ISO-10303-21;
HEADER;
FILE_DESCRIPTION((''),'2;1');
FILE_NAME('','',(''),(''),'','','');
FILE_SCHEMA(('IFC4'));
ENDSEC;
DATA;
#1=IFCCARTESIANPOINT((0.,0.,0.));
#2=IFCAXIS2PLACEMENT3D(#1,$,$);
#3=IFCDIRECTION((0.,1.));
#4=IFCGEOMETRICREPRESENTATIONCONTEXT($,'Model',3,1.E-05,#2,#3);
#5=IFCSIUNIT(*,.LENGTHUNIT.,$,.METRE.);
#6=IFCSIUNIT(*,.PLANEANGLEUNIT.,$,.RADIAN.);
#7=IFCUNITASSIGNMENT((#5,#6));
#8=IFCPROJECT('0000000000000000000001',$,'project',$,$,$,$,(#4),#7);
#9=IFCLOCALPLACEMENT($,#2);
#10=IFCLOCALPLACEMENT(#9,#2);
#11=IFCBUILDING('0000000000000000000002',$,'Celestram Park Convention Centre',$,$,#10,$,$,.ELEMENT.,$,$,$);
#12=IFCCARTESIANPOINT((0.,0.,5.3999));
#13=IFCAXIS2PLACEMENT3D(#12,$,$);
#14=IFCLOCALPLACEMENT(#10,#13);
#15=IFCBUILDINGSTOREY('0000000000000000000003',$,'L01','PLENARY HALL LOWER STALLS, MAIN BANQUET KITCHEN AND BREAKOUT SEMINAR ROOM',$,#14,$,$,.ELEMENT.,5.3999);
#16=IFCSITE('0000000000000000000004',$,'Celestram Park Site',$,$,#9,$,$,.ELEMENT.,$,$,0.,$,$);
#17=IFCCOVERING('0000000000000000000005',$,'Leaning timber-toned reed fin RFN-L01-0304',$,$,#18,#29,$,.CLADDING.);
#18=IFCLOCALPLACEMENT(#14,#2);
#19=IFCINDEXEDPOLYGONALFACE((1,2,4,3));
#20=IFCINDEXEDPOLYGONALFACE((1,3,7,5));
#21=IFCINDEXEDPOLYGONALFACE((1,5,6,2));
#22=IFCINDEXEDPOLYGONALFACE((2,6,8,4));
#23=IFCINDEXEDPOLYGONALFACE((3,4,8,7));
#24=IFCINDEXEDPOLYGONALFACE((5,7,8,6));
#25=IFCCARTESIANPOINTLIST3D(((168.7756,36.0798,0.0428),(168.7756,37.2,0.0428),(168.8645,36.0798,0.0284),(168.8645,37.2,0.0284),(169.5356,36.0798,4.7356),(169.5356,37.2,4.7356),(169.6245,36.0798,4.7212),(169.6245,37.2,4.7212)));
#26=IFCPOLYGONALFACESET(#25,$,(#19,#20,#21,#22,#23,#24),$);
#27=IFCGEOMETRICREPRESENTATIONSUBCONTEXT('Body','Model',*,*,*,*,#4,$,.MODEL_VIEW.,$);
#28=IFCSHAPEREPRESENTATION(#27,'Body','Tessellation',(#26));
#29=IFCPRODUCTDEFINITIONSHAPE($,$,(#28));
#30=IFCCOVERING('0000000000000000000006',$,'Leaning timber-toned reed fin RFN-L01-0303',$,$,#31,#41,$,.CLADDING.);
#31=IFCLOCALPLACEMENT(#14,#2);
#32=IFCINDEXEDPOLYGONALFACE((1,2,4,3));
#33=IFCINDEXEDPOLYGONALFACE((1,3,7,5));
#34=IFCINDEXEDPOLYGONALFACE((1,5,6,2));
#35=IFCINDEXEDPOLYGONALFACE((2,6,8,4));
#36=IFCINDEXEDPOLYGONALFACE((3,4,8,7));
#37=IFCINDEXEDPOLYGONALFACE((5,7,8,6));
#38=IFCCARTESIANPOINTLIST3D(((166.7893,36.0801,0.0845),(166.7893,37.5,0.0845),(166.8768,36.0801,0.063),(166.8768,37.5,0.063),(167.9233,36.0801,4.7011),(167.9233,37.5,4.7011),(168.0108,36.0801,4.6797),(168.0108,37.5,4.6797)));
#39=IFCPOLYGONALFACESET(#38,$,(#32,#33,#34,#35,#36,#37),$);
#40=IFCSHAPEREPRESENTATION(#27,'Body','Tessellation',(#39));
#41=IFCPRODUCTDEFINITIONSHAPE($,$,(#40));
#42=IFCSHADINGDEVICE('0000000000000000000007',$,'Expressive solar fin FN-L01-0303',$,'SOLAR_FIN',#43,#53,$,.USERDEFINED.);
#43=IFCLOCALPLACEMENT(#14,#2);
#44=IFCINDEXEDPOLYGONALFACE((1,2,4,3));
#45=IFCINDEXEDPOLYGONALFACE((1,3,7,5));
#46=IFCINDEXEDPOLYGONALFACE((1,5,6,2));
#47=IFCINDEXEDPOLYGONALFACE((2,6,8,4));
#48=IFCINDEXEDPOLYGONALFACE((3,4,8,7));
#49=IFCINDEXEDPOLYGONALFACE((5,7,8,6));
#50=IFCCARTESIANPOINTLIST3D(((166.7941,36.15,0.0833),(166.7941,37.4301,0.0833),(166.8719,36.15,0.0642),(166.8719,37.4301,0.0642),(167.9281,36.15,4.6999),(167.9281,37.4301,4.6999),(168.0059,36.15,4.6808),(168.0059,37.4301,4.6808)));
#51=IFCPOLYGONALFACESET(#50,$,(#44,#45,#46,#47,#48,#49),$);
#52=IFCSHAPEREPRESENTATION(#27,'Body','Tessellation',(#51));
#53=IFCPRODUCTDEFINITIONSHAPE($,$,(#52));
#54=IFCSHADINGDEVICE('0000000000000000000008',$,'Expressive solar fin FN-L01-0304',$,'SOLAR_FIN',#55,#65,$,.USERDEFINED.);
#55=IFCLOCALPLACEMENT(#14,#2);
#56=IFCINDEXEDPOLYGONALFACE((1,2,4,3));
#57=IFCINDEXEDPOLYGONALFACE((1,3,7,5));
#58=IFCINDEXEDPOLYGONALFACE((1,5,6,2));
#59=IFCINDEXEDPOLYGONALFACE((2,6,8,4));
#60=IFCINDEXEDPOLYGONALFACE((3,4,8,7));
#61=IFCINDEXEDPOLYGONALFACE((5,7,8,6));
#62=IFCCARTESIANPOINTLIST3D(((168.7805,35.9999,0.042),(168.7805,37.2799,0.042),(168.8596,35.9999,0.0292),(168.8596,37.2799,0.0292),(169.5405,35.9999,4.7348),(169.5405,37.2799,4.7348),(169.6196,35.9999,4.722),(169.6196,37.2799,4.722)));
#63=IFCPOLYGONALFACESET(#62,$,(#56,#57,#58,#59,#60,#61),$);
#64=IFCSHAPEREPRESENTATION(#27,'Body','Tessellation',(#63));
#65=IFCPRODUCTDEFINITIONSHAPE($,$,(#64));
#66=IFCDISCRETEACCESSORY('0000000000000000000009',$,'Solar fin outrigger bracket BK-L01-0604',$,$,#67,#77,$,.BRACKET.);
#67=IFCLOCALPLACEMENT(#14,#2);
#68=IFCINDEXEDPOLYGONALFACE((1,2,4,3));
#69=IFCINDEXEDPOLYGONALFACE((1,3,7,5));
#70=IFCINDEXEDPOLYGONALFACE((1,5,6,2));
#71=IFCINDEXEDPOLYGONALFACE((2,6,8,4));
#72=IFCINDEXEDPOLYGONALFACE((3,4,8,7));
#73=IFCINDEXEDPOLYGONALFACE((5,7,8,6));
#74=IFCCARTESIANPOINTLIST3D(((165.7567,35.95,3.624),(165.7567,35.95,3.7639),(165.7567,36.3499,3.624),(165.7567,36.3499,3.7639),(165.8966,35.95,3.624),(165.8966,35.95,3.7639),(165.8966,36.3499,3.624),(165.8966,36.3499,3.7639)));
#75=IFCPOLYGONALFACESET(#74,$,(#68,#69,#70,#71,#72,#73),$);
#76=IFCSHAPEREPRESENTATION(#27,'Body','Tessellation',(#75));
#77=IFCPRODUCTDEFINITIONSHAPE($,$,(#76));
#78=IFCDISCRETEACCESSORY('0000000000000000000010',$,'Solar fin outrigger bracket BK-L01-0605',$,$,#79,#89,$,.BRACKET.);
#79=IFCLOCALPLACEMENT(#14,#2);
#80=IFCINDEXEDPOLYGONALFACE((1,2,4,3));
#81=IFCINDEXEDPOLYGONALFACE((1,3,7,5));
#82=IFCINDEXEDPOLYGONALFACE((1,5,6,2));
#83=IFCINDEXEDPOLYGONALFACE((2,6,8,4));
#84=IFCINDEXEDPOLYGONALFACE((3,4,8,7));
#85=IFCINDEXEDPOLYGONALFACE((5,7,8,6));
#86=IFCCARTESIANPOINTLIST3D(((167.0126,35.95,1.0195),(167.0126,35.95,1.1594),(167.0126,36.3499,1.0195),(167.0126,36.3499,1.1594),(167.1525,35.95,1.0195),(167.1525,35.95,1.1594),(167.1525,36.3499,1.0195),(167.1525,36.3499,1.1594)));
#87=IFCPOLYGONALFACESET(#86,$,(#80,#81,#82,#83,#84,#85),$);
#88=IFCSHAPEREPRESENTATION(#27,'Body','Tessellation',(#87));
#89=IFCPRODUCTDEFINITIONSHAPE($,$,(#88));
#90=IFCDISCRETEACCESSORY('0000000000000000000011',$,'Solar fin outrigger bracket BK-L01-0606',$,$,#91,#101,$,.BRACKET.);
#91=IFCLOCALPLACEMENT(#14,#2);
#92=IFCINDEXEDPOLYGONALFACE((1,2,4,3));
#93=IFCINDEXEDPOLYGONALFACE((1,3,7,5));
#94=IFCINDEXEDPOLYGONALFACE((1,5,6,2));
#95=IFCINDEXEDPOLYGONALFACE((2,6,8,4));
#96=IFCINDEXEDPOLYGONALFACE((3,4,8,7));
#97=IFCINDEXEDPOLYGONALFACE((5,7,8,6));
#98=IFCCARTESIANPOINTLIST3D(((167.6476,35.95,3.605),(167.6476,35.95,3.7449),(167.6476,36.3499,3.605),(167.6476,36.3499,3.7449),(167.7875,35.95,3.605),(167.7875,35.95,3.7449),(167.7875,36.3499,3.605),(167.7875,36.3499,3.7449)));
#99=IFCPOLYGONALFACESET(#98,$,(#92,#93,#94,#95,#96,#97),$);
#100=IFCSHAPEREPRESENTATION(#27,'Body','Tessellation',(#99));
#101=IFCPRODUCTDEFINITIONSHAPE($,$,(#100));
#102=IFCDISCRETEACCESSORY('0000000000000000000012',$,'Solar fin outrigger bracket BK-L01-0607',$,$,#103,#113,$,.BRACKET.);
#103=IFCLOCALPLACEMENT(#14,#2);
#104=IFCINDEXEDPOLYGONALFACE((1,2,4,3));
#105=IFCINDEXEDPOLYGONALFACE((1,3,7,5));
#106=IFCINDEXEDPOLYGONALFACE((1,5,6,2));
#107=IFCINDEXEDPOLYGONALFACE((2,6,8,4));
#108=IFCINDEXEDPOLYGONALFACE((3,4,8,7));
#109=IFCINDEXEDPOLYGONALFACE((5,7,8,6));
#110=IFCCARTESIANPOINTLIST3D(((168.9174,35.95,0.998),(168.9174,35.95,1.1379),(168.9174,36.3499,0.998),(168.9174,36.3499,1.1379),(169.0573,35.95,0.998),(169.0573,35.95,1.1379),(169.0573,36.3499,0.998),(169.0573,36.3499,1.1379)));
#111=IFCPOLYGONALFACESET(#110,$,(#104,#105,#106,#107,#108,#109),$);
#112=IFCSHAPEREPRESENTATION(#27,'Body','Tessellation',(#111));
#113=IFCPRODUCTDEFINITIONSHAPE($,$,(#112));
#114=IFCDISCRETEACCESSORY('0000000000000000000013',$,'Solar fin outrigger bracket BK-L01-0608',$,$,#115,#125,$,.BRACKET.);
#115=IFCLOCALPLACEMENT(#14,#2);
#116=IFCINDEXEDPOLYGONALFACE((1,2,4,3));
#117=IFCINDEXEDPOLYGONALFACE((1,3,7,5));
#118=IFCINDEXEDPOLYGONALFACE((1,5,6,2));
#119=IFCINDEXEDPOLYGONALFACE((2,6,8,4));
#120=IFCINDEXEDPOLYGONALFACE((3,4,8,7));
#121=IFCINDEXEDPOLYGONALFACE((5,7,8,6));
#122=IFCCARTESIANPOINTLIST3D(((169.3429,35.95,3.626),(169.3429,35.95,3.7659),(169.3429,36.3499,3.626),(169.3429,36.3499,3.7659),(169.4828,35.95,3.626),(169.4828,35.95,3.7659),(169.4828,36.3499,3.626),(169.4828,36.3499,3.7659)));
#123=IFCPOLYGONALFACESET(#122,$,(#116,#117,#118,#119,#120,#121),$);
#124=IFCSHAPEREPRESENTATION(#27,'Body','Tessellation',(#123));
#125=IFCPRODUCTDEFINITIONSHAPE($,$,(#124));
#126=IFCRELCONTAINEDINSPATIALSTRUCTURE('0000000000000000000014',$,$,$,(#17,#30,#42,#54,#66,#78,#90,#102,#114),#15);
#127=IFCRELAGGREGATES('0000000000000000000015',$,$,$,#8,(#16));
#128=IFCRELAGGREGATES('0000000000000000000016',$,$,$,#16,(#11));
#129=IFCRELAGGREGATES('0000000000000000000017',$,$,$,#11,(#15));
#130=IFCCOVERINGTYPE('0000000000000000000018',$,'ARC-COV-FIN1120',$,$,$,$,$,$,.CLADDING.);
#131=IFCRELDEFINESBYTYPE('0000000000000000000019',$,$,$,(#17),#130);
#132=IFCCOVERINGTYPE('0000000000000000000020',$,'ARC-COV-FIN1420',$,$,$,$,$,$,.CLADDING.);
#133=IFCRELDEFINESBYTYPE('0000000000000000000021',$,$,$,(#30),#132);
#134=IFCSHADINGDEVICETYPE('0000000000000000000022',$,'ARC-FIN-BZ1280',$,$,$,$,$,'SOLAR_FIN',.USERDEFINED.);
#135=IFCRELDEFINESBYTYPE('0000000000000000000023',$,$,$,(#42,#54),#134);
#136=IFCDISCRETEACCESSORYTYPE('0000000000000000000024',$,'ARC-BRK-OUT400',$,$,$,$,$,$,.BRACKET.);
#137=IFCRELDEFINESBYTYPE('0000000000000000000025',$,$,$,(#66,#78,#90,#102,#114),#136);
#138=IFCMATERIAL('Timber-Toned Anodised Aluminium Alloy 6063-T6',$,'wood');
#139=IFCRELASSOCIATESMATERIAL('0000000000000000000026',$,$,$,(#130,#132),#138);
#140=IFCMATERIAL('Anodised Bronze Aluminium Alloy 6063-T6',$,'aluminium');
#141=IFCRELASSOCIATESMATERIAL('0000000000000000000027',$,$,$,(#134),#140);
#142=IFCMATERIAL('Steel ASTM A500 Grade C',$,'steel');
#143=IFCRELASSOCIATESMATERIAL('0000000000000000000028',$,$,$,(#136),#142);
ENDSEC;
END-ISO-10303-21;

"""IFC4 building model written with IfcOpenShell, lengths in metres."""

from ifc_helpers import new_model, si_unit, direction, frame, origin, origin_2d, place, context, subcontext, project, spatial, rectangle, extrude, material, material_profile, profile_set, type_object, element, save


model = new_model("IFC4")

# Units and contexts
model_context = context("Model", 3, precision=1e-05, world=origin(), true_north=direction((0.0, 1.0)))
body_context = subcontext(model_context, "Body", "Model", "MODEL_VIEW")
ifc_project = project(units=[si_unit("LENGTHUNIT", "METRE"), si_unit("PLANEANGLEUNIT", "RADIAN")], contexts=[model_context])

# Site, building, storey
site_placement = place(None, origin())
site = spatial("IfcSite", under=ifc_project, at=site_placement, Name="Celestram Park Site", CompositionType="ELEMENT", RefElevation=0.0)
building_placement = place(site_placement, origin())
building = spatial("IfcBuilding", under=site, at=building_placement, Name="Celestram Park Convention Centre", CompositionType="ELEMENT")
storey_placement = place(building_placement, frame((0.0, 0.0, 5.3999)))
storey = spatial("IfcBuildingStorey", under=building, at=storey_placement, Name="L01", Description="PLENARY HALL LOWER STALLS, MAIN BANQUET KITCHEN AND BREAKOUT SEMINAR ROOM", CompositionType="ELEMENT", Elevation=5.3999)

# Coverings
ifc_material_1 = material(Name="Timber-Toned Anodised Aluminium Alloy 6063-T6", Category="wood")
ifc_material_profile_1 = material_profile(ifc_material_1, rectangle(XDim=1.1201, YDim=0.0901, at=origin_2d()), Name="REED1120X90")
ifc_profile_set_1 = profile_set([ifc_material_profile_1], Name="Timber-Toned Anodised Aluminium Alloy 6063-T6")
covering_type_1 = type_object("IfcCoveringType", Name="ARC-COV-FIN1120", PredefinedType="CLADDING", material=ifc_profile_set_1)
covering_1_placement = place(storey_placement, frame((168.8201, 36.6399, 0.0356), z_axis=(0.159867, 0.0, 0.987139), x_axis=(0.0, 1.0, 0.0)))
element("IfcCovering", 1, at=covering_1_placement, inside=storey, type_object=covering_type_1, Name="Leaning timber-toned reed fin RFN-L01-0304", PredefinedType="CLADDING", context=body_context, shape_type="SweptSolid", body=[
    extrude(rectangle(XDim=1.1201, YDim=0.0901, at=origin_2d()), origin(), (0.0, 0.0, 1.0), 4.7539),
])
ifc_material_profile_2 = material_profile(ifc_material_1, rectangle(XDim=1.4199, YDim=0.0901, at=origin_2d()), Name="REED1420X90")
ifc_profile_set_2 = profile_set([ifc_material_profile_2], Name="Timber-Toned Anodised Aluminium Alloy 6063-T6")
covering_type_2 = type_object("IfcCoveringType", Name="ARC-COV-FIN1420", PredefinedType="CLADDING", material=ifc_profile_set_2)
covering_2_placement = place(storey_placement, frame((166.833, 36.79, 0.0737), z_axis=(0.238546, 0.0, 0.971131), x_axis=(0.0, 1.0, 0.0)))
element("IfcCovering", 2, at=covering_2_placement, inside=storey, type_object=covering_type_2, Name="Leaning timber-toned reed fin RFN-L01-0303", PredefinedType="CLADDING", context=body_context, shape_type="SweptSolid", body=[
    extrude(rectangle(XDim=1.4199, YDim=0.0901, at=origin_2d()), origin(), (0.0, 0.0, 1.0), 4.7539),
])

# Shading devices
ifc_material_2 = material(Name="Anodised Bronze Aluminium Alloy 6063-T6", Category="aluminium")
ifc_material_profile_3 = material_profile(ifc_material_2, rectangle(XDim=1.28, YDim=0.0801, at=origin_2d()), Name="FIN1280X80")
ifc_profile_set_3 = profile_set([ifc_material_profile_3], Name="Anodised Bronze Aluminium Alloy 6063-T6")
shading_device_type = type_object("IfcShadingDeviceType", Name="ARC-FIN-BZ1280", ElementType="SOLAR_FIN", PredefinedType="USERDEFINED", material=ifc_profile_set_3)
for number, where, z_axis, x_axis, name in (
    (3, (166.833, 36.79, 0.0737), (0.238546, 0.0, 0.971131), (0.0, 1.0, 0.0), "Expressive solar fin FN-L01-0303"),
    (4, (168.8201, 36.6399, 0.0356), (0.159867, 0.0, 0.987139), (0.0, 1.0, 0.0), "Expressive solar fin FN-L01-0304"),
):
    element("IfcShadingDevice", number, at=place(storey_placement, frame(where, z_axis=z_axis, x_axis=x_axis)), inside=storey, type_object=shading_device_type, Name=name, ObjectType="SOLAR_FIN", PredefinedType="USERDEFINED", context=body_context, shape_type="SweptSolid", body=[
        extrude(rectangle(XDim=1.28, YDim=0.0801, at=origin_2d()), origin(), (0.0, 0.0, 1.0), 4.7539),
    ])

# Discrete accessories
ifc_material_3 = material(Name="Steel ASTM A500 Grade C", Category="steel")
discrete_accessory_type = type_object("IfcDiscreteAccessoryType", Name="ARC-BRK-OUT400", PredefinedType="BRACKET", material=ifc_material_3)
for number, where, z_axis, x_axis, name in (
    (5, (165.8267, 36.1499, 3.624), (0.0, 0.0, 1.0), (0.0, 1.0, 0.0), "Solar fin outrigger bracket BK-L01-0604"),
    (6, (167.0825, 36.1499, 1.0195), (0.0, 0.0, 1.0), (0.0, 1.0, 0.0), "Solar fin outrigger bracket BK-L01-0605"),
    (7, (167.7175, 36.1499, 3.605), (0.0, 0.0, 1.0), (0.0, 1.0, 0.0), "Solar fin outrigger bracket BK-L01-0606"),
    (8, (168.9873, 36.1499, 0.998), (0.0, 0.0, 1.0), (0.0, 1.0, 0.0), "Solar fin outrigger bracket BK-L01-0607"),
    (9, (169.4128, 36.1499, 3.626), (0.0, 0.0, 1.0), (0.0, 1.0, 0.0), "Solar fin outrigger bracket BK-L01-0608"),
):
    element("IfcDiscreteAccessory", number, at=place(storey_placement, frame(where, z_axis=z_axis, x_axis=x_axis)), inside=storey, type_object=discrete_accessory_type, Name=name, PredefinedType="BRACKET", context=body_context, shape_type="SweptSolid", body=[
        extrude(rectangle(XDim=0.3999, YDim=0.1399, at=origin_2d()), origin(), (0.0, 0.0, 1.0), 0.1399),
    ])

save(model, "model.ifc")
